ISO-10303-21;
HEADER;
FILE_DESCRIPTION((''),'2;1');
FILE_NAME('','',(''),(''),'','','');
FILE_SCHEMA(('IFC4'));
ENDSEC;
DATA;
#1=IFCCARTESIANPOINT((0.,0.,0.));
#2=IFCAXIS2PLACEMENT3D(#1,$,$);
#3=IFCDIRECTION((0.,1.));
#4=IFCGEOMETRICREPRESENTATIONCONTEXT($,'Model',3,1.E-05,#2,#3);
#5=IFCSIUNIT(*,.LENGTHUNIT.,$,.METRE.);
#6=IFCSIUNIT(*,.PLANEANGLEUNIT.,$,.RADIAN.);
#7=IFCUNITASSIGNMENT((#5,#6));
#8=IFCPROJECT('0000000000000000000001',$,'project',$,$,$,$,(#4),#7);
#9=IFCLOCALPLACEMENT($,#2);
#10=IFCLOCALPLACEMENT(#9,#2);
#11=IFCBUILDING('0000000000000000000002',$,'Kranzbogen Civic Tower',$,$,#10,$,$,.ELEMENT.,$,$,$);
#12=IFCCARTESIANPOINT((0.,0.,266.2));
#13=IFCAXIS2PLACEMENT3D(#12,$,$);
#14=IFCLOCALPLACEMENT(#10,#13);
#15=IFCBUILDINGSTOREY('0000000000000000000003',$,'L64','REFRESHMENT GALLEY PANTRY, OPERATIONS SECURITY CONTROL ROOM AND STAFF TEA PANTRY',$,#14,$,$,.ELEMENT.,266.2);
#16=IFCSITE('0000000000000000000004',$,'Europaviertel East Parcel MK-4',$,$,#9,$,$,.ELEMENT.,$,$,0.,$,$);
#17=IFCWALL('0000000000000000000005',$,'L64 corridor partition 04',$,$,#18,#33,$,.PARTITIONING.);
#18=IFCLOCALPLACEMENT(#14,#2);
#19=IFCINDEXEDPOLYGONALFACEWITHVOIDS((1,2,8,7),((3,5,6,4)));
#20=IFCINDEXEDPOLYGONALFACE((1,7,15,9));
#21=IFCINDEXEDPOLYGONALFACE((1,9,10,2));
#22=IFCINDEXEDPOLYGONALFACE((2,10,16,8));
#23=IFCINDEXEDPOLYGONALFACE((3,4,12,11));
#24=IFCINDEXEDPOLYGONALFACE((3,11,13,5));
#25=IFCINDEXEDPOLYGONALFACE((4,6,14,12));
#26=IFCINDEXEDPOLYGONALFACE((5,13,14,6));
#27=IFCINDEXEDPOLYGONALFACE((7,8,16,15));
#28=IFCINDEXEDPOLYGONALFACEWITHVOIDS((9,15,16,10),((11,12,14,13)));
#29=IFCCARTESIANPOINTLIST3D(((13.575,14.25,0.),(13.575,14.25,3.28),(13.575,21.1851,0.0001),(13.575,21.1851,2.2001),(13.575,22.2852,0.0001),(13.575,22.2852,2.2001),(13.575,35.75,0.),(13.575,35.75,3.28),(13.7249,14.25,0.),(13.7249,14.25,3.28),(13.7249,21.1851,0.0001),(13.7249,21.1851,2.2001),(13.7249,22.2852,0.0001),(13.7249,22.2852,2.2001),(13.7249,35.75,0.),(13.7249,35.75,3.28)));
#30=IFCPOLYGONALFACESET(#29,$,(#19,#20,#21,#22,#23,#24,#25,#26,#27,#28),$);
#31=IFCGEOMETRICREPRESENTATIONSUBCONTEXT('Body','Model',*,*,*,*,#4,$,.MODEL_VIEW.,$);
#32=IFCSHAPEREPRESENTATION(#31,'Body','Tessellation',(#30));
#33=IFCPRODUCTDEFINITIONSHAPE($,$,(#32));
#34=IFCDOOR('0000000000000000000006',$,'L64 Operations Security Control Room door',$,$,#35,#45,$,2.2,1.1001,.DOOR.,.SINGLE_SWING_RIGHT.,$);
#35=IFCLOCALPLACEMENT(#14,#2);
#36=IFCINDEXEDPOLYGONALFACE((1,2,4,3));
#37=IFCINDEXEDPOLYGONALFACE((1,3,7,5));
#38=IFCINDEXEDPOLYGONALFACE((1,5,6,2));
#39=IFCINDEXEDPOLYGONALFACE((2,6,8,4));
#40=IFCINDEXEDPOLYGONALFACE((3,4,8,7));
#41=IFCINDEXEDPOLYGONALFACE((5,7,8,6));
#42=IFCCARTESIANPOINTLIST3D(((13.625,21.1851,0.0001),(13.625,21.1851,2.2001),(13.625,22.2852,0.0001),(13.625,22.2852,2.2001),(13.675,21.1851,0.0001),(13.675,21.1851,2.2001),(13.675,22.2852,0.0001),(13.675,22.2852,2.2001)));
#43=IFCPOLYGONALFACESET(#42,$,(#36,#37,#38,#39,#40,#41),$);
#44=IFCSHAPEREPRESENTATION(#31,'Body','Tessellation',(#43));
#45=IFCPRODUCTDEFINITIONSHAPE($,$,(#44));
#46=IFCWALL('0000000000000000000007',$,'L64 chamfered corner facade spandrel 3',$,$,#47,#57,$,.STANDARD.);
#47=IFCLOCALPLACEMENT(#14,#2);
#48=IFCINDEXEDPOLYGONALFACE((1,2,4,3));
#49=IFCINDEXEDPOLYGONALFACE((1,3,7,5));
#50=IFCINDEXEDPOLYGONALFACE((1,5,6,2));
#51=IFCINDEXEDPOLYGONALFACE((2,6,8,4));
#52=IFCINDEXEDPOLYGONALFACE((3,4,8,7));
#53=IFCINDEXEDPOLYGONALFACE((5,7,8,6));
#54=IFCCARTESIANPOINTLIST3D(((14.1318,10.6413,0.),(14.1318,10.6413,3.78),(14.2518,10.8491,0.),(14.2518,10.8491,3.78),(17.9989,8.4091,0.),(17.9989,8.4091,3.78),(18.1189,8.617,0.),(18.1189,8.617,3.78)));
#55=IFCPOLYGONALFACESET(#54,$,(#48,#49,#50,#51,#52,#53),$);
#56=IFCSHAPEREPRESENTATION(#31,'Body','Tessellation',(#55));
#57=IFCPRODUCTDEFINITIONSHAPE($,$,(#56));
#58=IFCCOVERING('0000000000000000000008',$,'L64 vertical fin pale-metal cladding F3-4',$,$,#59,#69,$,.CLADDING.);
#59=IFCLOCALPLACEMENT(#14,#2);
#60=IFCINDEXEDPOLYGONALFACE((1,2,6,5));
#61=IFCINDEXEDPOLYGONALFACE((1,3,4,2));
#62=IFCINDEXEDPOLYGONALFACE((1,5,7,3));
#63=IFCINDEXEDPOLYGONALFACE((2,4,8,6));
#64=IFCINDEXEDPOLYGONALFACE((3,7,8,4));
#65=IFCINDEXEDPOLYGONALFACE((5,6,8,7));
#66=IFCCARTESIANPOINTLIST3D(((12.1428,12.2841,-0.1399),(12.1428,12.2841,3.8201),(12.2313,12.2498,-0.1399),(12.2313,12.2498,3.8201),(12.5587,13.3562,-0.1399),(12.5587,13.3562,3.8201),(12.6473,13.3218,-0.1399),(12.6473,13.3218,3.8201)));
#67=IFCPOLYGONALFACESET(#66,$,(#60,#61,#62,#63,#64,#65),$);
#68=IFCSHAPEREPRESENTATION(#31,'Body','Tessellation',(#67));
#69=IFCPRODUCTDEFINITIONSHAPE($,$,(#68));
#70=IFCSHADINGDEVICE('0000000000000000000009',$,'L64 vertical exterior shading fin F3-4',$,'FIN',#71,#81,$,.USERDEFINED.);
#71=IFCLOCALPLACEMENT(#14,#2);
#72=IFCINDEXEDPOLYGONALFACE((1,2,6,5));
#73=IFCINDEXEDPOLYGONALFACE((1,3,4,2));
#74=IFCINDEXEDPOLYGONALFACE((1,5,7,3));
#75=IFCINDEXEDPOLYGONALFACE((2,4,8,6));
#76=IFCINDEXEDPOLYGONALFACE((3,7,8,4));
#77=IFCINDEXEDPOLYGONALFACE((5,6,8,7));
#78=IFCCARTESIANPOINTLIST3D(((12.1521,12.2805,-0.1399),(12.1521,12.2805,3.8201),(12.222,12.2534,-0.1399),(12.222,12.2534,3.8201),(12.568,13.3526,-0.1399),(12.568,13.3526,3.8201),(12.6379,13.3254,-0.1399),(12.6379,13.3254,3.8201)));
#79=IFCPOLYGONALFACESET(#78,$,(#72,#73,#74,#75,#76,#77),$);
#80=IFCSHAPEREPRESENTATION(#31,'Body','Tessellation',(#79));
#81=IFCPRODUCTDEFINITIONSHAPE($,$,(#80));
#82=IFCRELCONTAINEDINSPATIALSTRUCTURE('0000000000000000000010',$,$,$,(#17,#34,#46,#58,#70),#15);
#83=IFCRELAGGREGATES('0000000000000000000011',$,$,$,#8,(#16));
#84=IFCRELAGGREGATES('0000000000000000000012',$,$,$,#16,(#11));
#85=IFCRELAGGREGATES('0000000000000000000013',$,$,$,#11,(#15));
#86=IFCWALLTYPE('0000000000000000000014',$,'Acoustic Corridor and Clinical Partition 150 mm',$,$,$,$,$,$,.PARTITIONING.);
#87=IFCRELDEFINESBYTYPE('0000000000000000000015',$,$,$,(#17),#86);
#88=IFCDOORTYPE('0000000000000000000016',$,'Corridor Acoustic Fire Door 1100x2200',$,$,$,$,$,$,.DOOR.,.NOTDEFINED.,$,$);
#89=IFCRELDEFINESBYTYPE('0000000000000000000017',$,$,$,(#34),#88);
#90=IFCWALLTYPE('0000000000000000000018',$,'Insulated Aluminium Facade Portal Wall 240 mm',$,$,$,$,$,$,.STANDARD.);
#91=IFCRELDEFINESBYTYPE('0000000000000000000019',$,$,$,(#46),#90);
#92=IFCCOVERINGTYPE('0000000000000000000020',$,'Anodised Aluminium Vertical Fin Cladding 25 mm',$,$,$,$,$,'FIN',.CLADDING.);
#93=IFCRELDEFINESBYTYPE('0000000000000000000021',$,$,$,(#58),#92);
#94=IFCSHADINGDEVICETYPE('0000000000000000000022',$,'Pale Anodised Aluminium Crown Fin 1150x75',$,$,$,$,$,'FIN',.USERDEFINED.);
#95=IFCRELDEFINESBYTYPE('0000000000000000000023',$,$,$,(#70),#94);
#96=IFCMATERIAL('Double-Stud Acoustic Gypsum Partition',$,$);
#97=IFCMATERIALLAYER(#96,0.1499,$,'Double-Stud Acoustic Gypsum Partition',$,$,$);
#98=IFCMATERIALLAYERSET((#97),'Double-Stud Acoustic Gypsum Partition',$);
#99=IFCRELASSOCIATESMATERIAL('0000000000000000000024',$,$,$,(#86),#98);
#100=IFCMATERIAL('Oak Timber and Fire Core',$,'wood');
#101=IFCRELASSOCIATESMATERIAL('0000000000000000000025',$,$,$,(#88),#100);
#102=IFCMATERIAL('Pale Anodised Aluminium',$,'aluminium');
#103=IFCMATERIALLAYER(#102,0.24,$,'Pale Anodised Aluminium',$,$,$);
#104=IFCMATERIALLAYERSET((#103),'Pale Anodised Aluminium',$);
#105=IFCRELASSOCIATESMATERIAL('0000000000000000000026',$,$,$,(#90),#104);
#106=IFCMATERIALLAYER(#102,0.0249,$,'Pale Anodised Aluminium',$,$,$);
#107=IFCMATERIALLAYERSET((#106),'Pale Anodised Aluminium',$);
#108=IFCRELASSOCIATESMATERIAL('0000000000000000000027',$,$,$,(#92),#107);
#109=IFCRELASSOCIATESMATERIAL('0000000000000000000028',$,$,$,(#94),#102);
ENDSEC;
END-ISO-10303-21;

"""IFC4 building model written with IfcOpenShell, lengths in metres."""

from ifc_helpers import new_model, si_unit, direction, frame, frame_2d, origin, origin_2d, place, context, subcontext, project, spatial, rectangle, extrude, material, layer, layer_set, type_object, element, fill, save


model = new_model("IFC4")

# Units and contexts
model_context = context("Model", 3, precision=1e-05, world=origin(), true_north=direction((0.0, 1.0)))
body_context = subcontext(model_context, "Body", "Model", "MODEL_VIEW")
ifc_project = project(units=[si_unit("LENGTHUNIT", "METRE"), si_unit("PLANEANGLEUNIT", "RADIAN")], contexts=[model_context])

# Site, building, storey
site_placement = place(None, origin())
site = spatial("IfcSite", under=ifc_project, at=site_placement, Name="Europaviertel East Parcel MK-4", CompositionType="ELEMENT", RefElevation=0.0)
building_placement = place(site_placement, origin())
building = spatial("IfcBuilding", under=site, at=building_placement, Name="Kranzbogen Civic Tower", CompositionType="ELEMENT")
storey_placement = place(building_placement, frame((0.0, 0.0, 266.2)))
storey = spatial("IfcBuildingStorey", under=building, at=storey_placement, Name="L64", Description="REFRESHMENT GALLEY PANTRY, OPERATIONS SECURITY CONTROL ROOM AND STAFF TEA PANTRY", CompositionType="ELEMENT", Elevation=266.2)

# Shared definitions
ifc_material_1 = material(Name="Pale Anodised Aluminium", Category="aluminium")

# Wall, opening, door
ifc_material_2 = material(Name="Double-Stud Acoustic Gypsum Partition")
ifc_layer_1 = layer(ifc_material_2, 0.1499, Name="Double-Stud Acoustic Gypsum Partition")
ifc_layer_set_1 = layer_set([ifc_layer_1], Name="Double-Stud Acoustic Gypsum Partition")
wall_type_1 = type_object("IfcWallType", Name="Acoustic Corridor and Clinical Partition 150 mm", PredefinedType="PARTITIONING", material=ifc_layer_set_1)
wall_1_placement = place(storey_placement, frame((13.6499, 14.25, 0.0), z_axis=(0.0, 0.0, 1.0), x_axis=(0.0, 1.0, 0.0)))
wall_1 = element("IfcWall", 1, at=wall_1_placement, inside=storey, type_object=wall_type_1, Name="L64 corridor partition 04", PredefinedType="PARTITIONING", context=body_context, shape_type="SweptSolid", body=[
    extrude(rectangle(XDim=21.5, YDim=0.1499, at=frame_2d((10.75, 0.0))), origin(), (0.0, 0.0, 1.0), 3.28),
])
opening_placement = place(wall_1_placement, frame((6.9351, 0.0, 0.0)))
opening = element("IfcOpeningElement", 2, at=opening_placement, cuts=wall_1, PredefinedType="OPENING", context=body_context, shape_type="SweptSolid", body=[
    extrude(rectangle(XDim=1.1001, YDim=2.2, at=frame_2d((0.55, 1.1001))), frame((0.0, 0.085, 0.0), z_axis=(0.0, -1.0, 0.0), x_axis=(1.0, 0.0, 0.0)), (0.0, 0.0, 1.0), 0.1699),
])
ifc_material_3 = material(Name="Oak Timber and Fire Core", Category="wood")
door_type = type_object("IfcDoorType", Name="Corridor Acoustic Fire Door 1100x2200", OperationType="NOTDEFINED", PredefinedType="DOOR", material=ifc_material_3)
door_placement = place(opening_placement, origin())
door = element("IfcDoor", 3, at=door_placement, inside=storey, type_object=door_type, Name="L64 Operations Security Control Room door", OperationType="SINGLE_SWING_RIGHT", OverallHeight=2.2, OverallWidth=1.1001, PredefinedType="DOOR", context=body_context, shape_type="SweptSolid", body=[
    extrude(rectangle(XDim=1.1001, YDim=2.2, at=frame_2d((0.55, 1.1001))), frame((0.0, 0.0249, 0.0), z_axis=(0.0, -1.0, 0.0), x_axis=(1.0, 0.0, 0.0)), (0.0, 0.0, 1.0), 0.05),
])
fill(opening, door)

# Wall
ifc_layer_2 = layer(ifc_material_1, 0.24, Name="Pale Anodised Aluminium")
ifc_layer_set_2 = layer_set([ifc_layer_2], Name="Pale Anodised Aluminium")
wall_type_2 = type_object("IfcWallType", Name="Insulated Aluminium Facade Portal Wall 240 mm", PredefinedType="STANDARD", material=ifc_layer_set_2)
wall_2_placement = place(storey_placement, frame((14.1919, 10.7451, 0.0), z_axis=(0.0, 0.0, 1.0), x_axis=(0.866078, -0.499909, 0.0)))
element("IfcWall", 4, at=wall_2_placement, inside=storey, type_object=wall_type_2, Name="L64 chamfered corner facade spandrel 3", PredefinedType="STANDARD", context=body_context, shape_type="SweptSolid", body=[
    extrude(rectangle(XDim=4.4651, YDim=0.24, at=frame_2d((2.2324, 0.0))), origin(), (0.0, 0.0, 1.0), 3.78),
])

# Covering
ifc_layer_3 = layer(ifc_material_1, 0.0249, Name="Pale Anodised Aluminium")
ifc_layer_set_3 = layer_set([ifc_layer_3], Name="Pale Anodised Aluminium")
covering_type_1 = type_object("IfcCoveringType", Name="Anodised Aluminium Vertical Fin Cladding 25 mm", ElementType="FIN", PredefinedType="CLADDING", material=ifc_layer_set_3)
covering_1_placement = place(storey_placement, frame((12.395, 12.803, -0.1399), z_axis=(0.0, 0.0, 1.0), x_axis=(-0.361706, -0.932292, 0.0)))
element("IfcCovering", 5, at=covering_1_placement, inside=storey, type_object=covering_type_1, Name="L64 vertical fin pale-metal cladding F3-4", PredefinedType="CLADDING", context=body_context, shape_type="SweptSolid", body=[
    extrude(rectangle(XDim=1.1499, YDim=0.095, at=origin_2d()), origin(), (0.0, 0.0, 1.0), 3.96),
])

# Shading device
shading_device_type = type_object("IfcShadingDeviceType", Name="Pale Anodised Aluminium Crown Fin 1150x75", ElementType="FIN", PredefinedType="USERDEFINED", material=ifc_material_1)
shading_device_placement = place(storey_placement, frame((12.395, 12.803, -0.1399), z_axis=(0.0, 0.0, 1.0), x_axis=(-0.361706, -0.932292, 0.0)))
element("IfcShadingDevice", 6, at=shading_device_placement, inside=storey, type_object=shading_device_type, Name="L64 vertical exterior shading fin F3-4", ObjectType="FIN", PredefinedType="USERDEFINED", context=body_context, shape_type="SweptSolid", body=[
    extrude(rectangle(XDim=1.1499, YDim=0.075, at=origin_2d()), origin(), (0.0, 0.0, 1.0), 3.96),
])

save(model, "model.ifc")
